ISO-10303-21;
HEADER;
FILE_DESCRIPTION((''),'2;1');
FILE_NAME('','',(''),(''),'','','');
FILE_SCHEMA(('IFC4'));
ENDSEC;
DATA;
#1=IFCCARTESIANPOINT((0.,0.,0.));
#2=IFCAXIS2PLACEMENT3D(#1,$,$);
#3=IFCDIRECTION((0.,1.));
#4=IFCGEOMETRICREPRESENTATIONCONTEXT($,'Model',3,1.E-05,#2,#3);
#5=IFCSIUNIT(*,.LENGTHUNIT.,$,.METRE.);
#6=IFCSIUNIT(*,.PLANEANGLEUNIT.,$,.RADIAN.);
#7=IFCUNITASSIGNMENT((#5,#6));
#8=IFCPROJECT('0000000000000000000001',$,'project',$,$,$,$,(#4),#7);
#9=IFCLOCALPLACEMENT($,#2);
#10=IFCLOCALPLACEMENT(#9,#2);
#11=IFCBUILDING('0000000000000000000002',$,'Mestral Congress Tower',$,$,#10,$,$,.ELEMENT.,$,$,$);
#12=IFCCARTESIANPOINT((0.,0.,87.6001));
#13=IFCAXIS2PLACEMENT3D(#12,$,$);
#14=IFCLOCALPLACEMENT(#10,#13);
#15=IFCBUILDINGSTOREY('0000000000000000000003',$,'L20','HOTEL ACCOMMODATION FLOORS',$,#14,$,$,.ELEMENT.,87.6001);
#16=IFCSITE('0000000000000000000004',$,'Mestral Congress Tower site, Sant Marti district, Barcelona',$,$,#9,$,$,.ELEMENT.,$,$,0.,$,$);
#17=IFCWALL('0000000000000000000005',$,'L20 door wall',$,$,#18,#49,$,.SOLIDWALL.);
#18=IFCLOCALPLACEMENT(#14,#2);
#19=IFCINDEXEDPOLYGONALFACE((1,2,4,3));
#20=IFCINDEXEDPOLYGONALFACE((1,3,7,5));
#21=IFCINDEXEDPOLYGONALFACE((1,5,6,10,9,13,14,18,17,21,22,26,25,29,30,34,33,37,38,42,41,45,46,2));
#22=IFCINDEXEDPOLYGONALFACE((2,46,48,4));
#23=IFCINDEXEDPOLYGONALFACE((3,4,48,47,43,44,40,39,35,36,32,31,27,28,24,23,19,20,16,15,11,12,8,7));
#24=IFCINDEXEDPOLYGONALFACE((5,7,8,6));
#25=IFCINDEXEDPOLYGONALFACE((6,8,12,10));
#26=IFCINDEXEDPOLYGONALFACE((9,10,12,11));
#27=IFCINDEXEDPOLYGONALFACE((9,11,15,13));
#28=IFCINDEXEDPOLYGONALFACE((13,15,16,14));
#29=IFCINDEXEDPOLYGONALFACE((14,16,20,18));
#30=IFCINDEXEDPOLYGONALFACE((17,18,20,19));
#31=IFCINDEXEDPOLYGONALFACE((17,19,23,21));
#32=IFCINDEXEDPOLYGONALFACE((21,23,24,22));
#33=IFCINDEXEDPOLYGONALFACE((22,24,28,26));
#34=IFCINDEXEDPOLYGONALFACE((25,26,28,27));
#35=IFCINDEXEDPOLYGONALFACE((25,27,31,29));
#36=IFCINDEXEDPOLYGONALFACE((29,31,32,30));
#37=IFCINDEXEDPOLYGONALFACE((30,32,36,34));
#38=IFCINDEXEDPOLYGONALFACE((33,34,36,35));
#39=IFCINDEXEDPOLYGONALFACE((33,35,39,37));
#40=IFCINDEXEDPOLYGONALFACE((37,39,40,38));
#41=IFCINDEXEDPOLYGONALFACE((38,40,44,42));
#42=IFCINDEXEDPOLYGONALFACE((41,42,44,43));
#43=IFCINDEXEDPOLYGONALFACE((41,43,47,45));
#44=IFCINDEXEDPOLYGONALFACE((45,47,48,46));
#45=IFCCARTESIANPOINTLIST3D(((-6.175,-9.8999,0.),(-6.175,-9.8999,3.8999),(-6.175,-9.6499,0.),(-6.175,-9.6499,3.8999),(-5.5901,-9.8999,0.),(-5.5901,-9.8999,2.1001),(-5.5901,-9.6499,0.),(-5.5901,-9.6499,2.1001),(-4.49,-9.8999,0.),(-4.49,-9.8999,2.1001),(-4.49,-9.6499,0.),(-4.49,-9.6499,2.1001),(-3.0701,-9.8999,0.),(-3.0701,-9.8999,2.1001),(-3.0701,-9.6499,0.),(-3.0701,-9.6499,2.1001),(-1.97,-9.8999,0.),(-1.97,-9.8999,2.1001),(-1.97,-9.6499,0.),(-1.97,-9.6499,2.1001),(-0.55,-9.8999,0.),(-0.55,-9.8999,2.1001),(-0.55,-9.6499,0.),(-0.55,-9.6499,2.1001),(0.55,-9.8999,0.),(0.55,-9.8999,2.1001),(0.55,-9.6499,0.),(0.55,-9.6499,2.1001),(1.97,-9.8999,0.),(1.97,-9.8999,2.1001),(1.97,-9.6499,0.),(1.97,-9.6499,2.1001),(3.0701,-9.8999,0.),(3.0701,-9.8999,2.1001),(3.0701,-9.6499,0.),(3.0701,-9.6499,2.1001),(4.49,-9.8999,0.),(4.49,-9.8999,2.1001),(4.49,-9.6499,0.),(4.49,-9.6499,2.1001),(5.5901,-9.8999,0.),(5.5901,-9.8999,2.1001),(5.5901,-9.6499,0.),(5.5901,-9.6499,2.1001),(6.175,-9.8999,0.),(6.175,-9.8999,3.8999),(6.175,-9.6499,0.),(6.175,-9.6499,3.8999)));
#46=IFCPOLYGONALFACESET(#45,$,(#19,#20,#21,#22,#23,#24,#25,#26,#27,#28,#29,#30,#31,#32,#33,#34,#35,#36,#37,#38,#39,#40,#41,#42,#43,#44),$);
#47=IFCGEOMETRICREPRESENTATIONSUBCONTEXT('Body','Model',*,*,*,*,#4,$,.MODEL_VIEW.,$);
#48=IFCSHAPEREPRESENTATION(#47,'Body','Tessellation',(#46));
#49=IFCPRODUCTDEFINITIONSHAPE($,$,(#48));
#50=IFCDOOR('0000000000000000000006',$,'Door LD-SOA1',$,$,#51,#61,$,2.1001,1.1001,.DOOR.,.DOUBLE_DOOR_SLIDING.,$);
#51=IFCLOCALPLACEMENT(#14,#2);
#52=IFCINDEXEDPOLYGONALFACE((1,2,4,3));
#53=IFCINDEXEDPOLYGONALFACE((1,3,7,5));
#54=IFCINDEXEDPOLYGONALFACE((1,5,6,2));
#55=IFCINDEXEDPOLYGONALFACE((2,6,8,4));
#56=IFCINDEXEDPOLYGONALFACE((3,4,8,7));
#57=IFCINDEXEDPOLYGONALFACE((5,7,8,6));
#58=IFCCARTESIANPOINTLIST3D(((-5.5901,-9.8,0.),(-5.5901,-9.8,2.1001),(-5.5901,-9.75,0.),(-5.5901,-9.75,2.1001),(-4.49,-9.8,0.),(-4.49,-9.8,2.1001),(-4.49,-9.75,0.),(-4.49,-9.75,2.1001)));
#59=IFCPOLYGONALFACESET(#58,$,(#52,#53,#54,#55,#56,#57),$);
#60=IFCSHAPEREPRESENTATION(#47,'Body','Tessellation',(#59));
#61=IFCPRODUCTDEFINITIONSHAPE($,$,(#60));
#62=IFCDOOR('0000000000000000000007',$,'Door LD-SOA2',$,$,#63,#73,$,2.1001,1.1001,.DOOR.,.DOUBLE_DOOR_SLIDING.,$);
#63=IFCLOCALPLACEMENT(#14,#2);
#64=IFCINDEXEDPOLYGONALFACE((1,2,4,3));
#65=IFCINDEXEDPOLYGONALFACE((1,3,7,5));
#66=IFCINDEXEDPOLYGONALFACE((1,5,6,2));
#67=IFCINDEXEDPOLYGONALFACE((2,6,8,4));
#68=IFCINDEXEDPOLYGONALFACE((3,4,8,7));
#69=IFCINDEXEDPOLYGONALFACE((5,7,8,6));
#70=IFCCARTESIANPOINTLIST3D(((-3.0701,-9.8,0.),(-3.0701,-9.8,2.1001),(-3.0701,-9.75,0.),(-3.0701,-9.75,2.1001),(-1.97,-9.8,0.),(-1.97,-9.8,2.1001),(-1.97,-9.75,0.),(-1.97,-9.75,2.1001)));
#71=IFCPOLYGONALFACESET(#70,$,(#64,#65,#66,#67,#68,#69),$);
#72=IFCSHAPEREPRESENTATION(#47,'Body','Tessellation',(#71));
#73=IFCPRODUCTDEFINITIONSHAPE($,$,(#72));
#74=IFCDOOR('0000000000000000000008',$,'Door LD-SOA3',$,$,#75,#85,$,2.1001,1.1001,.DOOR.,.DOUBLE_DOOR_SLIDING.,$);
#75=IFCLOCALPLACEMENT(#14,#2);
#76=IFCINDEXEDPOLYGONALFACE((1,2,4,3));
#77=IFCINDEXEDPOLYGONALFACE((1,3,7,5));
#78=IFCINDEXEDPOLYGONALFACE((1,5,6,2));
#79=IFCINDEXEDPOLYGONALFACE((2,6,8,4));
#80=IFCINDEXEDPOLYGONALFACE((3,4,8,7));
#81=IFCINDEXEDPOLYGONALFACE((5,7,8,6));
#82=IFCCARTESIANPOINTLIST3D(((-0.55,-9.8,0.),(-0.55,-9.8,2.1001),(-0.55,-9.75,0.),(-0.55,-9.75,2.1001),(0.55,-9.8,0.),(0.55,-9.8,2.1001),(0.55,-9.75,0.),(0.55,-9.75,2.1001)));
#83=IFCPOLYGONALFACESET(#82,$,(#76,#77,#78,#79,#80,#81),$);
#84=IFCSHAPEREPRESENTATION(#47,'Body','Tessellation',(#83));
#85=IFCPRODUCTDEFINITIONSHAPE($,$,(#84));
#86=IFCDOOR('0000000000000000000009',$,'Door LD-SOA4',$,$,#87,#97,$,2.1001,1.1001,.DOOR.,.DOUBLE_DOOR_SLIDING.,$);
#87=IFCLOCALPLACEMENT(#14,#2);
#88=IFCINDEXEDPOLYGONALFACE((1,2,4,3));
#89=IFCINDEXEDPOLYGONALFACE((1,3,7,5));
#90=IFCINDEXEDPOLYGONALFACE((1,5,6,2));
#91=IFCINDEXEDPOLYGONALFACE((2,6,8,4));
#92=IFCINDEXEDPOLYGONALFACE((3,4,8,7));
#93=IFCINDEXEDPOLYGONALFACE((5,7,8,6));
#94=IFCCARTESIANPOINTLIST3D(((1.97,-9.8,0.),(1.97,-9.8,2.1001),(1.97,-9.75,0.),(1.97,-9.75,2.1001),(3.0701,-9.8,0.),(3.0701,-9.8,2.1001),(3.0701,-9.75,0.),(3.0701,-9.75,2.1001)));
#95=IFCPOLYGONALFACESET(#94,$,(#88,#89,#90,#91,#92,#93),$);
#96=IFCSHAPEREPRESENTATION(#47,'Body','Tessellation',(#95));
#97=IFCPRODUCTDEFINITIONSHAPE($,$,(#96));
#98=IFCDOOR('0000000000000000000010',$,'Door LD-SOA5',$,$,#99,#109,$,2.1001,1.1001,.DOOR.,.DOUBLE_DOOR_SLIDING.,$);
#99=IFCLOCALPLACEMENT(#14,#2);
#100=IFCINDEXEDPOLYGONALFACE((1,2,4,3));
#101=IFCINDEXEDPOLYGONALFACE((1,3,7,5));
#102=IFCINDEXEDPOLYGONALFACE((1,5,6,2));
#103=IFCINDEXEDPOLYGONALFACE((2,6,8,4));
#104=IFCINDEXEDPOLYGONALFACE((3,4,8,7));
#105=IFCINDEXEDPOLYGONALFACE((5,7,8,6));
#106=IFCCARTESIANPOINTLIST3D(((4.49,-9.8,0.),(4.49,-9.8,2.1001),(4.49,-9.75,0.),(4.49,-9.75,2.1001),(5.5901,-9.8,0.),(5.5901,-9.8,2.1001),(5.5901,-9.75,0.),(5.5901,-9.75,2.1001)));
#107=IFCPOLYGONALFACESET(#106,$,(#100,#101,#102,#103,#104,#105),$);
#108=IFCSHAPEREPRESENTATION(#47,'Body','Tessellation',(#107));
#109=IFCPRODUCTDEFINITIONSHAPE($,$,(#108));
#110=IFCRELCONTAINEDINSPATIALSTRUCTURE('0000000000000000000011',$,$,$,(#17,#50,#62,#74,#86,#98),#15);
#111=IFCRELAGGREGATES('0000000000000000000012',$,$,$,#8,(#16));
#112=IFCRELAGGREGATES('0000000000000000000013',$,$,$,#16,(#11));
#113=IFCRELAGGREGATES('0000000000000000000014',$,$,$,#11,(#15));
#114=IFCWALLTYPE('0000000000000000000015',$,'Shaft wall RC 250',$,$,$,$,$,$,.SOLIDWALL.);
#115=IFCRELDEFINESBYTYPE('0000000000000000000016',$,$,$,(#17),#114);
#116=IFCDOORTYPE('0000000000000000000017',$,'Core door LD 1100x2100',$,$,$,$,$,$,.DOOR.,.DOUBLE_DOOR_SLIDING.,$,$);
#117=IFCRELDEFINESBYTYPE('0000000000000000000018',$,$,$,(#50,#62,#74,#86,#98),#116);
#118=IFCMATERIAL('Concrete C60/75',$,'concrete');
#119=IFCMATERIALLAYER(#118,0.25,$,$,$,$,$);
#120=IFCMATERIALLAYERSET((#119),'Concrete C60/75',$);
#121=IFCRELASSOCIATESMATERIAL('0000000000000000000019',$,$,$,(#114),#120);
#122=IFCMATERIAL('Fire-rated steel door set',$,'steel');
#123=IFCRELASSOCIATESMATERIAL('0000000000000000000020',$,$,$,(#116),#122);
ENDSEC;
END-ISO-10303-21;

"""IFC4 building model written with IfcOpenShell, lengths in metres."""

from ifc_helpers import new_model, si_unit, direction, frame, frame_2d, origin, place, context, subcontext, project, spatial, rectangle, extrude, material, layer, layer_set, type_object, element, fill, save


model = new_model("IFC4")

# Units and contexts
model_context = context("Model", 3, precision=1e-05, world=origin(), true_north=direction((0.0, 1.0)))
body_context = subcontext(model_context, "Body", "Model", "MODEL_VIEW")
ifc_project = project(units=[si_unit("LENGTHUNIT", "METRE"), si_unit("PLANEANGLEUNIT", "RADIAN")], contexts=[model_context])

# Site, building, storey
site_placement = place(None, origin())
site = spatial("IfcSite", under=ifc_project, at=site_placement, Name="Mestral Congress Tower site, Sant Marti district, Barcelona", CompositionType="ELEMENT", RefElevation=0.0)
building_placement = place(site_placement, origin())
building = spatial("IfcBuilding", under=site, at=building_placement, Name="Mestral Congress Tower", CompositionType="ELEMENT")
storey_placement = place(building_placement, frame((0.0, 0.0, 87.6001)))
storey = spatial("IfcBuildingStorey", under=building, at=storey_placement, Name="L20", Description="HOTEL ACCOMMODATION FLOORS", CompositionType="ELEMENT", Elevation=87.6001)

# Shared definitions
ifc_material_1 = material(Name="Fire-rated steel door set", Category="steel")

# Shared definitions
ifc_material_2 = material(Name="Concrete C60/75", Category="concrete")
ifc_layer_1 = layer(ifc_material_2, 0.25)
ifc_layer_set_1 = layer_set([ifc_layer_1], Name="Concrete C60/75")
wall_type_1 = type_object("IfcWallType", Name="Shaft wall RC 250", PredefinedType="SOLIDWALL", material=ifc_layer_set_1)

# Wall, openings, doors
wall_1_placement = place(storey_placement, frame((-6.175, -9.7749, 0.0), z_axis=(0.0, 0.0, 1.0), x_axis=(1.0, 0.0, 0.0)))
wall_1 = element("IfcWall", 1, at=wall_1_placement, inside=storey, type_object=wall_type_1, Name="L20 door wall", PredefinedType="SOLIDWALL", context=body_context, shape_type="SweptSolid", body=[
    extrude(rectangle(XDim=12.3501, YDim=0.25, at=frame_2d((6.175, 0.0))), origin(), (0.0, 0.0, 1.0), 3.8999),
])
opening_1_placement = place(wall_1_placement, frame((0.585, 0.0, 0.0)))
opening_1 = element("IfcOpeningElement", 2, at=opening_1_placement, cuts=wall_1, PredefinedType="OPENING", context=body_context, shape_type="SweptSolid", body=[
    extrude(rectangle(XDim=1.1001, YDim=2.1001, at=frame_2d((0.55, 1.05))), frame((0.0, 0.135, 0.0), z_axis=(0.0, -1.0, 0.0), x_axis=(1.0, 0.0, 0.0)), (0.0, 0.0, 1.0), 0.27),
])
opening_2_placement = place(wall_1_placement, frame((3.105, 0.0, 0.0)))
opening_2 = element("IfcOpeningElement", 3, at=opening_2_placement, cuts=wall_1, PredefinedType="OPENING", context=body_context, shape_type="SweptSolid", body=[
    extrude(rectangle(XDim=1.1001, YDim=2.1001, at=frame_2d((0.55, 1.05))), frame((0.0, 0.135, 0.0), z_axis=(0.0, -1.0, 0.0), x_axis=(1.0, 0.0, 0.0)), (0.0, 0.0, 1.0), 0.27),
])
opening_3_placement = place(wall_1_placement, frame((5.625, 0.0, 0.0)))
opening_3 = element("IfcOpeningElement", 4, at=opening_3_placement, cuts=wall_1, PredefinedType="OPENING", context=body_context, shape_type="SweptSolid", body=[
    extrude(rectangle(XDim=1.1001, YDim=2.1001, at=frame_2d((0.55, 1.05))), frame((0.0, 0.135, 0.0), z_axis=(0.0, -1.0, 0.0), x_axis=(1.0, 0.0, 0.0)), (0.0, 0.0, 1.0), 0.27),
])
opening_4_placement = place(wall_1_placement, frame((8.145, 0.0, 0.0)))
opening_4 = element("IfcOpeningElement", 5, at=opening_4_placement, cuts=wall_1, PredefinedType="OPENING", context=body_context, shape_type="SweptSolid", body=[
    extrude(rectangle(XDim=1.1001, YDim=2.1001, at=frame_2d((0.55, 1.05))), frame((0.0, 0.135, 0.0), z_axis=(0.0, -1.0, 0.0), x_axis=(1.0, 0.0, 0.0)), (0.0, 0.0, 1.0), 0.27),
])
opening_5_placement = place(wall_1_placement, frame((10.665, 0.0, 0.0)))
opening_5 = element("IfcOpeningElement", 6, at=opening_5_placement, cuts=wall_1, PredefinedType="OPENING", context=body_context, shape_type="SweptSolid", body=[
    extrude(rectangle(XDim=1.1001, YDim=2.1001, at=frame_2d((0.55, 1.05))), frame((0.0, 0.135, 0.0), z_axis=(0.0, -1.0, 0.0), x_axis=(1.0, 0.0, 0.0)), (0.0, 0.0, 1.0), 0.27),
])
door_type_1 = type_object("IfcDoorType", Name="Core door LD 1100x2100", OperationType="DOUBLE_DOOR_SLIDING", PredefinedType="DOOR", material=ifc_material_1)
door_1_placement = place(opening_1_placement, origin())
door_1 = element("IfcDoor", 7, at=door_1_placement, inside=storey, type_object=door_type_1, Name="Door LD-SOA1", OperationType="DOUBLE_DOOR_SLIDING", OverallHeight=2.1001, OverallWidth=1.1001, PredefinedType="DOOR", context=body_context, shape_type="SweptSolid", body=[
    extrude(rectangle(XDim=1.1001, YDim=2.1001, at=frame_2d((0.55, 1.05))), frame((0.0, 0.0249, 0.0), z_axis=(0.0, -1.0, 0.0), x_axis=(1.0, 0.0, 0.0)), (0.0, 0.0, 1.0), 0.05),
])
fill(opening_1, door_1)
door_2_placement = place(opening_2_placement, origin())
door_2 = element("IfcDoor", 8, at=door_2_placement, inside=storey, type_object=door_type_1, Name="Door LD-SOA2", OperationType="DOUBLE_DOOR_SLIDING", OverallHeight=2.1001, OverallWidth=1.1001, PredefinedType="DOOR", context=body_context, shape_type="SweptSolid", body=[
    extrude(rectangle(XDim=1.1001, YDim=2.1001, at=frame_2d((0.55, 1.05))), frame((0.0, 0.0249, 0.0), z_axis=(0.0, -1.0, 0.0), x_axis=(1.0, 0.0, 0.0)), (0.0, 0.0, 1.0), 0.05),
])
fill(opening_2, door_2)
door_3_placement = place(opening_3_placement, origin())
door_3 = element("IfcDoor", 9, at=door_3_placement, inside=storey, type_object=door_type_1, Name="Door LD-SOA3", OperationType="DOUBLE_DOOR_SLIDING", OverallHeight=2.1001, OverallWidth=1.1001, PredefinedType="DOOR", context=body_context, shape_type="SweptSolid", body=[
    extrude(rectangle(XDim=1.1001, YDim=2.1001, at=frame_2d((0.55, 1.05))), frame((0.0, 0.0249, 0.0), z_axis=(0.0, -1.0, 0.0), x_axis=(1.0, 0.0, 0.0)), (0.0, 0.0, 1.0), 0.05),
])
fill(opening_3, door_3)
door_4_placement = place(opening_4_placement, origin())
door_4 = element("IfcDoor", 10, at=door_4_placement, inside=storey, type_object=door_type_1, Name="Door LD-SOA4", OperationType="DOUBLE_DOOR_SLIDING", OverallHeight=2.1001, OverallWidth=1.1001, PredefinedType="DOOR", context=body_context, shape_type="SweptSolid", body=[
    extrude(rectangle(XDim=1.1001, YDim=2.1001, at=frame_2d((0.55, 1.05))), frame((0.0, 0.0249, 0.0), z_axis=(0.0, -1.0, 0.0), x_axis=(1.0, 0.0, 0.0)), (0.0, 0.0, 1.0), 0.05),
])
fill(opening_4, door_4)
door_5_placement = place(opening_5_placement, origin())
door_5 = element("IfcDoor", 11, at=door_5_placement, inside=storey, type_object=door_type_1, Name="Door LD-SOA5", OperationType="DOUBLE_DOOR_SLIDING", OverallHeight=2.1001, OverallWidth=1.1001, PredefinedType="DOOR", context=body_context, shape_type="SweptSolid", body=[
    extrude(rectangle(XDim=1.1001, YDim=2.1001, at=frame_2d((0.55, 1.05))), frame((0.0, 0.0249, 0.0), z_axis=(0.0, -1.0, 0.0), x_axis=(1.0, 0.0, 0.0)), (0.0, 0.0, 1.0), 0.05),
])
fill(opening_5, door_5)

save(model, "model.ifc")
